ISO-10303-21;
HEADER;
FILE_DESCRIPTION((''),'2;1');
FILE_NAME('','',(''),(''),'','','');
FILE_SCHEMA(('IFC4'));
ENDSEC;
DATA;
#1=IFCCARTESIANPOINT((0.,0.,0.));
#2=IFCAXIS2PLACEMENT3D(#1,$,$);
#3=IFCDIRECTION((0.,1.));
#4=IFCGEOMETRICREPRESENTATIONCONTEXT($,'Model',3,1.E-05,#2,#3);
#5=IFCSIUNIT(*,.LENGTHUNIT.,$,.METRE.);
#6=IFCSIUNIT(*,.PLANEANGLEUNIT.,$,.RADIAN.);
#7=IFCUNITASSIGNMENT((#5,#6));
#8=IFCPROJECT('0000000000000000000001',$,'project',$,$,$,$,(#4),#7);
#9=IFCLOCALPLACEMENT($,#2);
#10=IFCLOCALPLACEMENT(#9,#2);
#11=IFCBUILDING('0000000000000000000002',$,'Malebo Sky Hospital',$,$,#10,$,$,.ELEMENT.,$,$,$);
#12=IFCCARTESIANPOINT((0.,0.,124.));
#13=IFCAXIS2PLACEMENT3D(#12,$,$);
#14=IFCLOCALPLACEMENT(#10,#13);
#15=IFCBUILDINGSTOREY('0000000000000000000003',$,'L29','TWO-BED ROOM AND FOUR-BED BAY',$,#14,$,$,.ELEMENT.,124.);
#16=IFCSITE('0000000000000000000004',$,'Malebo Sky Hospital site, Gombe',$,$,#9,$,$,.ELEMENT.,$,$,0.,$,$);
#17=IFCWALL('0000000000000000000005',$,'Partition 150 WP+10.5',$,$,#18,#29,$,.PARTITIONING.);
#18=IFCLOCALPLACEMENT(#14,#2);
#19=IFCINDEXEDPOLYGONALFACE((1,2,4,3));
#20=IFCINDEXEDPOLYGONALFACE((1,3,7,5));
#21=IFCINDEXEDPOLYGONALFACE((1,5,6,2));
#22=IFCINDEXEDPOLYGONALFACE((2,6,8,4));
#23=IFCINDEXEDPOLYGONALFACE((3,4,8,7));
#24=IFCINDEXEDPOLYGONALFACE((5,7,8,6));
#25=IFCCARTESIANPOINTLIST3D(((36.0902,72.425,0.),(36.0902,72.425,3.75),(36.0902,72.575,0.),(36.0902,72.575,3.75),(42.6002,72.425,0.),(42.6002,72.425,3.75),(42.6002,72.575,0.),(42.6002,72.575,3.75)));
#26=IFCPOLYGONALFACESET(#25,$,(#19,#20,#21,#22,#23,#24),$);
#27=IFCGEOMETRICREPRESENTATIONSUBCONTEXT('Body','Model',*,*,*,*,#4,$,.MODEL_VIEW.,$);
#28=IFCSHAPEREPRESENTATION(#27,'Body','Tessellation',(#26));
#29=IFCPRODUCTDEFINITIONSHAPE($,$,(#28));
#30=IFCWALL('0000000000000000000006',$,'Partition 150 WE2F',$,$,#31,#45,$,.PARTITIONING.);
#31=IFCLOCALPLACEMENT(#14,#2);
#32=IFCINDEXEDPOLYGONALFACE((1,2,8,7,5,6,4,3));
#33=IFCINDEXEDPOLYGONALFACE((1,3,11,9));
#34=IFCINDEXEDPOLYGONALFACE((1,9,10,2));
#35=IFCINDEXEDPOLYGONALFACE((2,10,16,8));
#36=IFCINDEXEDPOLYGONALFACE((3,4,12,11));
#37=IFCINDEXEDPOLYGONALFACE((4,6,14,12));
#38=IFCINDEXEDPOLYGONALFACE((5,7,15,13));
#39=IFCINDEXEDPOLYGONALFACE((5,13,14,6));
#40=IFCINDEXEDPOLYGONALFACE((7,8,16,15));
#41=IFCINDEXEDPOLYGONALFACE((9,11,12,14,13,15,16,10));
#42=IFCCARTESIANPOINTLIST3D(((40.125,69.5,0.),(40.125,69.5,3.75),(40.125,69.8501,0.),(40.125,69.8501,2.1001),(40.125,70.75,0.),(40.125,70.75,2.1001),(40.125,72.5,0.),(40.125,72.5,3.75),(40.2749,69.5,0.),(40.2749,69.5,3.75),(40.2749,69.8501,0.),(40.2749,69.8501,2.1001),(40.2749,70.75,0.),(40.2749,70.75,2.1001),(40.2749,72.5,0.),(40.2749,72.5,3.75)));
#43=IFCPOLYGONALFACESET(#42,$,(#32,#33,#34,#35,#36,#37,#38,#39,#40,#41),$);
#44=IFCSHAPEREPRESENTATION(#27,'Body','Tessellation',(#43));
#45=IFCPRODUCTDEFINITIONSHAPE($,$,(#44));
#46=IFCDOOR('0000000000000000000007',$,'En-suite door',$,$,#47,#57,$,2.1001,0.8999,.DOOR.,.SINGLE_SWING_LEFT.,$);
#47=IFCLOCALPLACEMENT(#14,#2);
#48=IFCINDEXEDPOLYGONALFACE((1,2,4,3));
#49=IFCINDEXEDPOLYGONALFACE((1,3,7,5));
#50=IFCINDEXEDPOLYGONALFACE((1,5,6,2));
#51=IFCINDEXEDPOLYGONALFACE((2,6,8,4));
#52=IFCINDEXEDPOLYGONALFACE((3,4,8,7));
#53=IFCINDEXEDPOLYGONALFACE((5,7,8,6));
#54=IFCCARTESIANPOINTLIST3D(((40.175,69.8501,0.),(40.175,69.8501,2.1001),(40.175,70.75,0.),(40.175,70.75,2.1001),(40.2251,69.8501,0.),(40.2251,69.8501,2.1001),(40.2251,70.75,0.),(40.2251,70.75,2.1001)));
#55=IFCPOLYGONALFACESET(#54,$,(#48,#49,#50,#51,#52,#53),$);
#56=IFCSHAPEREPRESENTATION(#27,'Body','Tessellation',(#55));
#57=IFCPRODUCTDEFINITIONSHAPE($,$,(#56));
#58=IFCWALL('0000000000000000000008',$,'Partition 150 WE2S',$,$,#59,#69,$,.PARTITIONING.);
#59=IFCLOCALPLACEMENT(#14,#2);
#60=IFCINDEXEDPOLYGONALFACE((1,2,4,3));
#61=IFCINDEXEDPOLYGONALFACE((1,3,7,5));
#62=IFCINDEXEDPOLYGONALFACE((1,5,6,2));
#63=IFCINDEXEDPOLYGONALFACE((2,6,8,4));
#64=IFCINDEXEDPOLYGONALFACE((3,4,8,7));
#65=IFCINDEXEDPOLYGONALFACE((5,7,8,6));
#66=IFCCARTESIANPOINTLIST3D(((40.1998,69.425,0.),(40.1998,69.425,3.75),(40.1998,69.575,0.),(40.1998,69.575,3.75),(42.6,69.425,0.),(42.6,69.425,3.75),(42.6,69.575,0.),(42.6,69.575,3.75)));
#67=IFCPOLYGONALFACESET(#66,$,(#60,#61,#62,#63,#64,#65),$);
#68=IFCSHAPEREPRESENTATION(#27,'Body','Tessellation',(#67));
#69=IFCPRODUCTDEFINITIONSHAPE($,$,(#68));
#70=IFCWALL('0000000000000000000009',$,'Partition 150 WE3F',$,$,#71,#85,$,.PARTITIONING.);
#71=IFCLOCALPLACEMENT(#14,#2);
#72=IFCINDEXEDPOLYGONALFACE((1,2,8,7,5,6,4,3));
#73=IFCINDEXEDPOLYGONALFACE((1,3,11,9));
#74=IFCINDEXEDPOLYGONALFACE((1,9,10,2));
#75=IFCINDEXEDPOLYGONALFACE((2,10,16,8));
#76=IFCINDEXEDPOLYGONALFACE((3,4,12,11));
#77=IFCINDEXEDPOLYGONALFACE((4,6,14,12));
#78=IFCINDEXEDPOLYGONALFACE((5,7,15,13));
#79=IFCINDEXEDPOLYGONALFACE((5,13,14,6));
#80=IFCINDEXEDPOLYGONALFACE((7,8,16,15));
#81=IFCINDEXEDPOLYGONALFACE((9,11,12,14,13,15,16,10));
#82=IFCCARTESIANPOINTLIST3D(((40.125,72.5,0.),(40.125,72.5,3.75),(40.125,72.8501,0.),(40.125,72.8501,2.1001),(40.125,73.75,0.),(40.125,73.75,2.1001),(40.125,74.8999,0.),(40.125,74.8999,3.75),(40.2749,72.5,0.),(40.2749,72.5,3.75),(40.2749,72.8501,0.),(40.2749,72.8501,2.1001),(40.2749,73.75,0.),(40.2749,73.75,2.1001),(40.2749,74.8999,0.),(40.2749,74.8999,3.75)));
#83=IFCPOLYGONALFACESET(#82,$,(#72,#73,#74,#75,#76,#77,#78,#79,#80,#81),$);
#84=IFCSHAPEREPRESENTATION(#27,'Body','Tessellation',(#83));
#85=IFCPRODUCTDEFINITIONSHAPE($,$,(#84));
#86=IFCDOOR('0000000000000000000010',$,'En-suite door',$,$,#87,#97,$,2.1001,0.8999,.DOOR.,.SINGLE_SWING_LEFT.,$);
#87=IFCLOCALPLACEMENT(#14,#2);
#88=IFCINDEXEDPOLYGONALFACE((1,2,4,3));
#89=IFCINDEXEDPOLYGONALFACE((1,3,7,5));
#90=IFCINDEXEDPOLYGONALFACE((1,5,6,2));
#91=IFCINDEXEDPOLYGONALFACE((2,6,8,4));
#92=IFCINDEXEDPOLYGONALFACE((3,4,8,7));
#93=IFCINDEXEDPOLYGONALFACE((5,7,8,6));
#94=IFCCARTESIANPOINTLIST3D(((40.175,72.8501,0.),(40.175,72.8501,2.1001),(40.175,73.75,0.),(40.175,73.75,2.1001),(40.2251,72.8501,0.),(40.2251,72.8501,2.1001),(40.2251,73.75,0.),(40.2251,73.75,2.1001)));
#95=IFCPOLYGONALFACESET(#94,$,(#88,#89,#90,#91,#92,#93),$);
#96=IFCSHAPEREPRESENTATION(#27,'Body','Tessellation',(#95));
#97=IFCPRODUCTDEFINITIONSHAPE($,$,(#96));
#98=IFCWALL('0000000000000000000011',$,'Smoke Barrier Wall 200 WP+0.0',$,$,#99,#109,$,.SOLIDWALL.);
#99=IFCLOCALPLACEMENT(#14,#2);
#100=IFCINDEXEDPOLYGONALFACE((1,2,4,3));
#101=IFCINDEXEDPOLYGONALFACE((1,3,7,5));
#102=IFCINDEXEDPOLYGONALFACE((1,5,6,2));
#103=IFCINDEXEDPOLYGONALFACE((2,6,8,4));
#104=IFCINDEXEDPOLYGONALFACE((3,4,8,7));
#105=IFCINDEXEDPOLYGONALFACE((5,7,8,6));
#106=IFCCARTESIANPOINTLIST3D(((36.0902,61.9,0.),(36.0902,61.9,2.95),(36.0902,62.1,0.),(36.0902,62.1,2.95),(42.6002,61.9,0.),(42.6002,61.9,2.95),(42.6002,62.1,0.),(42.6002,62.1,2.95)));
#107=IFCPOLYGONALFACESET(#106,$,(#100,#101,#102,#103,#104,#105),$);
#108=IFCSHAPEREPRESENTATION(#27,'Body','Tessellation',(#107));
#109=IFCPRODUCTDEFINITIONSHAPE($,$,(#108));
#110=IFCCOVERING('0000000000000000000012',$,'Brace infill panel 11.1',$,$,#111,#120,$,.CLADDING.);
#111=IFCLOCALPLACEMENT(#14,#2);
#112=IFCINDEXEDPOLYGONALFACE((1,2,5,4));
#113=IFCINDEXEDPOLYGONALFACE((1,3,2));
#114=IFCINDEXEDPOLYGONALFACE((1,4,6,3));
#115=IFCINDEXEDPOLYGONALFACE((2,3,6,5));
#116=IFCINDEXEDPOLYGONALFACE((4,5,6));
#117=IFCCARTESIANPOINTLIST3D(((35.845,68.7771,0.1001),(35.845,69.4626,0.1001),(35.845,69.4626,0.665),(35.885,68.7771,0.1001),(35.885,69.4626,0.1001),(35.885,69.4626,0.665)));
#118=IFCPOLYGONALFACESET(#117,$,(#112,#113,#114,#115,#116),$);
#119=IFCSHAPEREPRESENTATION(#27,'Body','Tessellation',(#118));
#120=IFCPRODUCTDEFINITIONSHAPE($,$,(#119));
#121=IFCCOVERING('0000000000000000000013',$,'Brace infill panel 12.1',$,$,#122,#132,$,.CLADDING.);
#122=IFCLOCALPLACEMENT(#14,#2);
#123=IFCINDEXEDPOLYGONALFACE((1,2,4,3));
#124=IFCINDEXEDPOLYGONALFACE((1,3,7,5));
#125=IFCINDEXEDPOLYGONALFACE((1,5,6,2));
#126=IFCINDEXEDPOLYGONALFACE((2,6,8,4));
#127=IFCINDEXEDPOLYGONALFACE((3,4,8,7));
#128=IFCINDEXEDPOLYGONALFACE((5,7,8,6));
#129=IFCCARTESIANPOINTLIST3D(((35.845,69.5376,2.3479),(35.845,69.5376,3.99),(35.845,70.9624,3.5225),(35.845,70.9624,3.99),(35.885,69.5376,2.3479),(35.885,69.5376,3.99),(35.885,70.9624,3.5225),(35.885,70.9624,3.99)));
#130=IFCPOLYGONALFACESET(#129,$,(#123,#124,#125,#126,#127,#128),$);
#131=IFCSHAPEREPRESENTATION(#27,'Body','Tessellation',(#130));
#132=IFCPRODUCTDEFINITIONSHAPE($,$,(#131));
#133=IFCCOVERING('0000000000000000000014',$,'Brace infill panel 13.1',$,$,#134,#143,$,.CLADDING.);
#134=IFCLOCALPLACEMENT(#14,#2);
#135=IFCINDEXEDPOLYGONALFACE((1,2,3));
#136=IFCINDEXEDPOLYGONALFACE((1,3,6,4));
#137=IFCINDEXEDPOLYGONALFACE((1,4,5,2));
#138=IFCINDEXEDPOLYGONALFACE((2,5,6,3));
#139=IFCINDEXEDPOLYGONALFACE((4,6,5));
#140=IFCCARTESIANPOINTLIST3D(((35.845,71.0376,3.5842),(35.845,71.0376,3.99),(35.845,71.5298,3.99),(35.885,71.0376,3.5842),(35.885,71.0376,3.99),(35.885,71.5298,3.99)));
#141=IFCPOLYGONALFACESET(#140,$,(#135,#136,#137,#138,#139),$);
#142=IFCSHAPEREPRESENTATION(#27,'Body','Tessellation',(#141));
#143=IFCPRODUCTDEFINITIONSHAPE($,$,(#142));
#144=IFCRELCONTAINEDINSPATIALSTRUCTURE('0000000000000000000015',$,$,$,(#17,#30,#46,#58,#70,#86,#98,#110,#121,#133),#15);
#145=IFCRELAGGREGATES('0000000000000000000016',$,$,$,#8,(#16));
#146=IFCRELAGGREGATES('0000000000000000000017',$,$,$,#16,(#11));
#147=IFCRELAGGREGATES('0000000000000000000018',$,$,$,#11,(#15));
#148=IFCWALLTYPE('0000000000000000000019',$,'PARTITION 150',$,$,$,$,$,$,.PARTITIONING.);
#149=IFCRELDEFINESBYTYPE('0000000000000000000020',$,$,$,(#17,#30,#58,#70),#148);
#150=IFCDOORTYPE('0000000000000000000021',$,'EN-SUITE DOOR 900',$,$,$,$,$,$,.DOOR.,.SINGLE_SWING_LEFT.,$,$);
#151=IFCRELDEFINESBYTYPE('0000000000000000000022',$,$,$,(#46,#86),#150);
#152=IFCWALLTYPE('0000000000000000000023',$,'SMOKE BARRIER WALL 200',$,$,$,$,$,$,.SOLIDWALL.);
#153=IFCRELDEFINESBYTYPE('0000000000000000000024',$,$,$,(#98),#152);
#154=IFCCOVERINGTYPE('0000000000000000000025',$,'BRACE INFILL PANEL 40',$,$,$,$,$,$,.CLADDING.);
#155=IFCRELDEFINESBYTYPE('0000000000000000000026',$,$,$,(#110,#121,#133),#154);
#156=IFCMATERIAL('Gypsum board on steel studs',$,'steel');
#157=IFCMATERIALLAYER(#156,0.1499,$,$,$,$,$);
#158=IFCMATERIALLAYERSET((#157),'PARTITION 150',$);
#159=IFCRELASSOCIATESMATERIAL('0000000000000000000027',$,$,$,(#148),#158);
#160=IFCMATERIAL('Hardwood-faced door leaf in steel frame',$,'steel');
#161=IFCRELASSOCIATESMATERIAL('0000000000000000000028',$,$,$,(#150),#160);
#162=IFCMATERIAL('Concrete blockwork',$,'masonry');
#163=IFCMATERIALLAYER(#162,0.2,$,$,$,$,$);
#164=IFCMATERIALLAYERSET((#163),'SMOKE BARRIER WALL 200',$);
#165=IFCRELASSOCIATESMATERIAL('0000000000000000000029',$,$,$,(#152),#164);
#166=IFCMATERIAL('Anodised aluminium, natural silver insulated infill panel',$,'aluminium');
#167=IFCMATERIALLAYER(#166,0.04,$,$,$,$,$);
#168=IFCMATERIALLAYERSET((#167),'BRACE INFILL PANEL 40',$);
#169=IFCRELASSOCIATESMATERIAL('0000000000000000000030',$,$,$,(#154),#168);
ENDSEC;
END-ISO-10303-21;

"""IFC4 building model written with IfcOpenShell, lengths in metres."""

from ifc_helpers import new_model, si_unit, direction, frame, frame_2d, origin, place, context, subcontext, project, spatial, polyline, rectangle, outline, extrude, material, layer, layer_set, type_object, element, fill, save


model = new_model("IFC4")

# Units and contexts
model_context = context("Model", 3, precision=1e-05, world=origin(), true_north=direction((0.0, 1.0)))
body_context = subcontext(model_context, "Body", "Model", "MODEL_VIEW")
ifc_project = project(units=[si_unit("LENGTHUNIT", "METRE"), si_unit("PLANEANGLEUNIT", "RADIAN")], contexts=[model_context])

# Site, building, storey
site_placement = place(None, origin())
site = spatial("IfcSite", under=ifc_project, at=site_placement, Name="Malebo Sky Hospital site, Gombe", CompositionType="ELEMENT", RefElevation=0.0)
building_placement = place(site_placement, origin())
building = spatial("IfcBuilding", under=site, at=building_placement, Name="Malebo Sky Hospital", CompositionType="ELEMENT")
storey_placement = place(building_placement, frame((0.0, 0.0, 124.0)))
storey = spatial("IfcBuildingStorey", under=building, at=storey_placement, Name="L29", Description="TWO-BED ROOM AND FOUR-BED BAY", CompositionType="ELEMENT", Elevation=124.0)

# Shared definitions
ifc_material_1 = material(Name="Gypsum board on steel studs", Category="steel")
ifc_material_2 = material(Name="Hardwood-faced door leaf in steel frame", Category="steel")

# Wall
ifc_layer_1 = layer(ifc_material_1, 0.1499)
ifc_layer_set_1 = layer_set([ifc_layer_1], Name="PARTITION 150")
wall_type_1 = type_object("IfcWallType", Name="PARTITION 150", PredefinedType="PARTITIONING", material=ifc_layer_set_1)
wall_1_placement = place(storey_placement, frame((42.6001, 72.5, 0.0), z_axis=(0.0, 0.0, 1.0), x_axis=(-1.0, 0.0, 0.0)))
element("IfcWall", 1, at=wall_1_placement, inside=storey, type_object=wall_type_1, Name="Partition 150 WP+10.5", PredefinedType="PARTITIONING", context=body_context, shape_type="SweptSolid", body=[
    extrude(rectangle(XDim=6.51, YDim=0.1499, at=frame_2d((3.2549, 0.0))), origin(), (0.0, 0.0, 1.0), 3.75),
])

# Wall, opening, door
wall_2_placement = place(storey_placement, frame((40.2, 69.5, 0.0), z_axis=(0.0, 0.0, 1.0), x_axis=(0.0, 1.0, 0.0)))
wall_2 = element("IfcWall", 2, at=wall_2_placement, inside=storey, type_object=wall_type_1, Name="Partition 150 WE2F", PredefinedType="PARTITIONING", context=body_context, shape_type="SweptSolid", body=[
    extrude(rectangle(XDim=3.0, YDim=0.1499, at=frame_2d((1.5, 0.0))), origin(), (0.0, 0.0, 1.0), 3.75),
])
opening_1_placement = place(wall_2_placement, frame((0.3501, 0.0, 0.0)))
opening_1 = element("IfcOpeningElement", 3, at=opening_1_placement, cuts=wall_2, PredefinedType="OPENING", context=body_context, shape_type="SweptSolid", body=[
    extrude(rectangle(XDim=0.8999, YDim=2.1001, at=frame_2d((0.45, 1.05))), frame((0.0, 0.085, 0.0), z_axis=(0.0, -1.0, 0.0), x_axis=(1.0, 0.0, 0.0)), (0.0, 0.0, 1.0), 0.1699),
])
door_type_1 = type_object("IfcDoorType", Name="EN-SUITE DOOR 900", OperationType="SINGLE_SWING_LEFT", PredefinedType="DOOR", material=ifc_material_2)
door_1_placement = place(opening_1_placement, origin())
door_1 = element("IfcDoor", 4, at=door_1_placement, inside=storey, type_object=door_type_1, Name="En-suite door", OperationType="SINGLE_SWING_LEFT", OverallHeight=2.1001, OverallWidth=0.8999, PredefinedType="DOOR", context=body_context, shape_type="SweptSolid", body=[
    extrude(rectangle(XDim=0.8999, YDim=2.1001, at=frame_2d((0.45, 1.05))), frame((0.0, 0.0249, 0.0), z_axis=(0.0, -1.0, 0.0), x_axis=(1.0, 0.0, 0.0)), (0.0, 0.0, 1.0), 0.05),
])
fill(opening_1, door_1)

# Wall
wall_3_placement = place(storey_placement, frame((42.6001, 69.5, 0.0), z_axis=(0.0, 0.0, 1.0), x_axis=(-1.0, 0.0, 0.0)))
element("IfcWall", 5, at=wall_3_placement, inside=storey, type_object=wall_type_1, Name="Partition 150 WE2S", PredefinedType="PARTITIONING", context=body_context, shape_type="SweptSolid", body=[
    extrude(rectangle(XDim=2.4001, YDim=0.1499, at=frame_2d((1.2002, 0.0))), origin(), (0.0, 0.0, 1.0), 3.75),
])

# Wall, opening, door
wall_4_placement = place(storey_placement, frame((40.2, 72.5, 0.0), z_axis=(0.0, 0.0, 1.0), x_axis=(0.0, 1.0, 0.0)))
wall_4 = element("IfcWall", 6, at=wall_4_placement, inside=storey, type_object=wall_type_1, Name="Partition 150 WE3F", PredefinedType="PARTITIONING", context=body_context, shape_type="SweptSolid", body=[
    extrude(rectangle(XDim=2.3999, YDim=0.1499, at=frame_2d((1.2, 0.0))), origin(), (0.0, 0.0, 1.0), 3.75),
])
opening_2_placement = place(wall_4_placement, frame((0.3501, 0.0, 0.0)))
opening_2 = element("IfcOpeningElement", 7, at=opening_2_placement, cuts=wall_4, PredefinedType="OPENING", context=body_context, shape_type="SweptSolid", body=[
    extrude(rectangle(XDim=0.8999, YDim=2.1001, at=frame_2d((0.45, 1.05))), frame((0.0, 0.085, 0.0), z_axis=(0.0, -1.0, 0.0), x_axis=(1.0, 0.0, 0.0)), (0.0, 0.0, 1.0), 0.1699),
])
door_2_placement = place(opening_2_placement, origin())
door_2 = element("IfcDoor", 8, at=door_2_placement, inside=storey, type_object=door_type_1, Name="En-suite door", OperationType="SINGLE_SWING_LEFT", OverallHeight=2.1001, OverallWidth=0.8999, PredefinedType="DOOR", context=body_context, shape_type="SweptSolid", body=[
    extrude(rectangle(XDim=0.8999, YDim=2.1001, at=frame_2d((0.45, 1.05))), frame((0.0, 0.0249, 0.0), z_axis=(0.0, -1.0, 0.0), x_axis=(1.0, 0.0, 0.0)), (0.0, 0.0, 1.0), 0.05),
])
fill(opening_2, door_2)

# Wall
ifc_material_3 = material(Name="Concrete blockwork", Category="masonry")
ifc_layer_2 = layer(ifc_material_3, 0.2)
ifc_layer_set_2 = layer_set([ifc_layer_2], Name="SMOKE BARRIER WALL 200")
wall_type_2 = type_object("IfcWallType", Name="SMOKE BARRIER WALL 200", PredefinedType="SOLIDWALL", material=ifc_layer_set_2)
wall_5_placement = place(storey_placement, frame((42.6001, 62.0, 0.0), z_axis=(0.0, 0.0, 1.0), x_axis=(-1.0, 0.0, 0.0)))
element("IfcWall", 9, at=wall_5_placement, inside=storey, type_object=wall_type_2, Name="Smoke Barrier Wall 200 WP+0.0", PredefinedType="SOLIDWALL", context=body_context, shape_type="SweptSolid", body=[
    extrude(rectangle(XDim=6.51, YDim=0.2, at=frame_2d((3.2549, 0.0))), origin(), (0.0, 0.0, 1.0), 2.95),
])

# Coverings
ifc_material_4 = material(Name="Anodised aluminium, natural silver insulated infill panel", Category="aluminium")
ifc_layer_3 = layer(ifc_material_4, 0.04)
ifc_layer_set_3 = layer_set([ifc_layer_3], Name="BRACE INFILL PANEL 40")
covering_type = type_object("IfcCoveringType", Name="BRACE INFILL PANEL 40", PredefinedType="CLADDING", material=ifc_layer_set_3)
covering_1_placement = place(storey_placement, frame((35.865, 69.1199, 0.1001), z_axis=(0.0, 0.0, 1.0), x_axis=(0.0, 1.0, 0.0)))
element("IfcCovering", 10, at=covering_1_placement, inside=storey, type_object=covering_type, Name="Brace infill panel 11.1", PredefinedType="CLADDING", context=body_context, shape_type="SweptSolid", body=[
    extrude(outline(polyline([(-0.3428, 0.0), (0.3428, 0.0), (0.3428, 0.5649), (-0.3428, 0.0)])), frame((0.0, 0.02, 0.0), z_axis=(0.0, -1.0, 0.0), x_axis=(1.0, 0.0, 0.0)), (0.0, 0.0, 1.0), 0.04),
])
covering_2_placement = place(storey_placement, frame((35.865, 70.25, 2.3479), z_axis=(0.0, 0.0, 1.0), x_axis=(0.0, 1.0, 0.0)))
element("IfcCovering", 11, at=covering_2_placement, inside=storey, type_object=covering_type, Name="Brace infill panel 12.1", PredefinedType="CLADDING", context=body_context, shape_type="SweptSolid", body=[
    extrude(outline(polyline([(-0.7124, 0.0), (0.7124, 1.1746), (0.7124, 1.6421), (-0.7124, 1.6421), (-0.7124, 0.0)])), frame((0.0, 0.02, 0.0), z_axis=(0.0, -1.0, 0.0), x_axis=(1.0, 0.0, 0.0)), (0.0, 0.0, 1.0), 0.04),
])
covering_3_placement = place(storey_placement, frame((35.865, 71.2837, 3.5842), z_axis=(0.0, 0.0, 1.0), x_axis=(0.0, 1.0, 0.0)))
element("IfcCovering", 12, at=covering_3_placement, inside=storey, type_object=covering_type, Name="Brace infill panel 13.1", PredefinedType="CLADDING", context=body_context, shape_type="SweptSolid", body=[
    extrude(outline(polyline([(-0.2461, 0.0), (0.2461, 0.4058), (-0.2461, 0.4058), (-0.2461, 0.0)])), frame((0.0, 0.02, 0.0), z_axis=(0.0, -1.0, 0.0), x_axis=(1.0, 0.0, 0.0)), (0.0, 0.0, 1.0), 0.04),
])

save(model, "model.ifc")
